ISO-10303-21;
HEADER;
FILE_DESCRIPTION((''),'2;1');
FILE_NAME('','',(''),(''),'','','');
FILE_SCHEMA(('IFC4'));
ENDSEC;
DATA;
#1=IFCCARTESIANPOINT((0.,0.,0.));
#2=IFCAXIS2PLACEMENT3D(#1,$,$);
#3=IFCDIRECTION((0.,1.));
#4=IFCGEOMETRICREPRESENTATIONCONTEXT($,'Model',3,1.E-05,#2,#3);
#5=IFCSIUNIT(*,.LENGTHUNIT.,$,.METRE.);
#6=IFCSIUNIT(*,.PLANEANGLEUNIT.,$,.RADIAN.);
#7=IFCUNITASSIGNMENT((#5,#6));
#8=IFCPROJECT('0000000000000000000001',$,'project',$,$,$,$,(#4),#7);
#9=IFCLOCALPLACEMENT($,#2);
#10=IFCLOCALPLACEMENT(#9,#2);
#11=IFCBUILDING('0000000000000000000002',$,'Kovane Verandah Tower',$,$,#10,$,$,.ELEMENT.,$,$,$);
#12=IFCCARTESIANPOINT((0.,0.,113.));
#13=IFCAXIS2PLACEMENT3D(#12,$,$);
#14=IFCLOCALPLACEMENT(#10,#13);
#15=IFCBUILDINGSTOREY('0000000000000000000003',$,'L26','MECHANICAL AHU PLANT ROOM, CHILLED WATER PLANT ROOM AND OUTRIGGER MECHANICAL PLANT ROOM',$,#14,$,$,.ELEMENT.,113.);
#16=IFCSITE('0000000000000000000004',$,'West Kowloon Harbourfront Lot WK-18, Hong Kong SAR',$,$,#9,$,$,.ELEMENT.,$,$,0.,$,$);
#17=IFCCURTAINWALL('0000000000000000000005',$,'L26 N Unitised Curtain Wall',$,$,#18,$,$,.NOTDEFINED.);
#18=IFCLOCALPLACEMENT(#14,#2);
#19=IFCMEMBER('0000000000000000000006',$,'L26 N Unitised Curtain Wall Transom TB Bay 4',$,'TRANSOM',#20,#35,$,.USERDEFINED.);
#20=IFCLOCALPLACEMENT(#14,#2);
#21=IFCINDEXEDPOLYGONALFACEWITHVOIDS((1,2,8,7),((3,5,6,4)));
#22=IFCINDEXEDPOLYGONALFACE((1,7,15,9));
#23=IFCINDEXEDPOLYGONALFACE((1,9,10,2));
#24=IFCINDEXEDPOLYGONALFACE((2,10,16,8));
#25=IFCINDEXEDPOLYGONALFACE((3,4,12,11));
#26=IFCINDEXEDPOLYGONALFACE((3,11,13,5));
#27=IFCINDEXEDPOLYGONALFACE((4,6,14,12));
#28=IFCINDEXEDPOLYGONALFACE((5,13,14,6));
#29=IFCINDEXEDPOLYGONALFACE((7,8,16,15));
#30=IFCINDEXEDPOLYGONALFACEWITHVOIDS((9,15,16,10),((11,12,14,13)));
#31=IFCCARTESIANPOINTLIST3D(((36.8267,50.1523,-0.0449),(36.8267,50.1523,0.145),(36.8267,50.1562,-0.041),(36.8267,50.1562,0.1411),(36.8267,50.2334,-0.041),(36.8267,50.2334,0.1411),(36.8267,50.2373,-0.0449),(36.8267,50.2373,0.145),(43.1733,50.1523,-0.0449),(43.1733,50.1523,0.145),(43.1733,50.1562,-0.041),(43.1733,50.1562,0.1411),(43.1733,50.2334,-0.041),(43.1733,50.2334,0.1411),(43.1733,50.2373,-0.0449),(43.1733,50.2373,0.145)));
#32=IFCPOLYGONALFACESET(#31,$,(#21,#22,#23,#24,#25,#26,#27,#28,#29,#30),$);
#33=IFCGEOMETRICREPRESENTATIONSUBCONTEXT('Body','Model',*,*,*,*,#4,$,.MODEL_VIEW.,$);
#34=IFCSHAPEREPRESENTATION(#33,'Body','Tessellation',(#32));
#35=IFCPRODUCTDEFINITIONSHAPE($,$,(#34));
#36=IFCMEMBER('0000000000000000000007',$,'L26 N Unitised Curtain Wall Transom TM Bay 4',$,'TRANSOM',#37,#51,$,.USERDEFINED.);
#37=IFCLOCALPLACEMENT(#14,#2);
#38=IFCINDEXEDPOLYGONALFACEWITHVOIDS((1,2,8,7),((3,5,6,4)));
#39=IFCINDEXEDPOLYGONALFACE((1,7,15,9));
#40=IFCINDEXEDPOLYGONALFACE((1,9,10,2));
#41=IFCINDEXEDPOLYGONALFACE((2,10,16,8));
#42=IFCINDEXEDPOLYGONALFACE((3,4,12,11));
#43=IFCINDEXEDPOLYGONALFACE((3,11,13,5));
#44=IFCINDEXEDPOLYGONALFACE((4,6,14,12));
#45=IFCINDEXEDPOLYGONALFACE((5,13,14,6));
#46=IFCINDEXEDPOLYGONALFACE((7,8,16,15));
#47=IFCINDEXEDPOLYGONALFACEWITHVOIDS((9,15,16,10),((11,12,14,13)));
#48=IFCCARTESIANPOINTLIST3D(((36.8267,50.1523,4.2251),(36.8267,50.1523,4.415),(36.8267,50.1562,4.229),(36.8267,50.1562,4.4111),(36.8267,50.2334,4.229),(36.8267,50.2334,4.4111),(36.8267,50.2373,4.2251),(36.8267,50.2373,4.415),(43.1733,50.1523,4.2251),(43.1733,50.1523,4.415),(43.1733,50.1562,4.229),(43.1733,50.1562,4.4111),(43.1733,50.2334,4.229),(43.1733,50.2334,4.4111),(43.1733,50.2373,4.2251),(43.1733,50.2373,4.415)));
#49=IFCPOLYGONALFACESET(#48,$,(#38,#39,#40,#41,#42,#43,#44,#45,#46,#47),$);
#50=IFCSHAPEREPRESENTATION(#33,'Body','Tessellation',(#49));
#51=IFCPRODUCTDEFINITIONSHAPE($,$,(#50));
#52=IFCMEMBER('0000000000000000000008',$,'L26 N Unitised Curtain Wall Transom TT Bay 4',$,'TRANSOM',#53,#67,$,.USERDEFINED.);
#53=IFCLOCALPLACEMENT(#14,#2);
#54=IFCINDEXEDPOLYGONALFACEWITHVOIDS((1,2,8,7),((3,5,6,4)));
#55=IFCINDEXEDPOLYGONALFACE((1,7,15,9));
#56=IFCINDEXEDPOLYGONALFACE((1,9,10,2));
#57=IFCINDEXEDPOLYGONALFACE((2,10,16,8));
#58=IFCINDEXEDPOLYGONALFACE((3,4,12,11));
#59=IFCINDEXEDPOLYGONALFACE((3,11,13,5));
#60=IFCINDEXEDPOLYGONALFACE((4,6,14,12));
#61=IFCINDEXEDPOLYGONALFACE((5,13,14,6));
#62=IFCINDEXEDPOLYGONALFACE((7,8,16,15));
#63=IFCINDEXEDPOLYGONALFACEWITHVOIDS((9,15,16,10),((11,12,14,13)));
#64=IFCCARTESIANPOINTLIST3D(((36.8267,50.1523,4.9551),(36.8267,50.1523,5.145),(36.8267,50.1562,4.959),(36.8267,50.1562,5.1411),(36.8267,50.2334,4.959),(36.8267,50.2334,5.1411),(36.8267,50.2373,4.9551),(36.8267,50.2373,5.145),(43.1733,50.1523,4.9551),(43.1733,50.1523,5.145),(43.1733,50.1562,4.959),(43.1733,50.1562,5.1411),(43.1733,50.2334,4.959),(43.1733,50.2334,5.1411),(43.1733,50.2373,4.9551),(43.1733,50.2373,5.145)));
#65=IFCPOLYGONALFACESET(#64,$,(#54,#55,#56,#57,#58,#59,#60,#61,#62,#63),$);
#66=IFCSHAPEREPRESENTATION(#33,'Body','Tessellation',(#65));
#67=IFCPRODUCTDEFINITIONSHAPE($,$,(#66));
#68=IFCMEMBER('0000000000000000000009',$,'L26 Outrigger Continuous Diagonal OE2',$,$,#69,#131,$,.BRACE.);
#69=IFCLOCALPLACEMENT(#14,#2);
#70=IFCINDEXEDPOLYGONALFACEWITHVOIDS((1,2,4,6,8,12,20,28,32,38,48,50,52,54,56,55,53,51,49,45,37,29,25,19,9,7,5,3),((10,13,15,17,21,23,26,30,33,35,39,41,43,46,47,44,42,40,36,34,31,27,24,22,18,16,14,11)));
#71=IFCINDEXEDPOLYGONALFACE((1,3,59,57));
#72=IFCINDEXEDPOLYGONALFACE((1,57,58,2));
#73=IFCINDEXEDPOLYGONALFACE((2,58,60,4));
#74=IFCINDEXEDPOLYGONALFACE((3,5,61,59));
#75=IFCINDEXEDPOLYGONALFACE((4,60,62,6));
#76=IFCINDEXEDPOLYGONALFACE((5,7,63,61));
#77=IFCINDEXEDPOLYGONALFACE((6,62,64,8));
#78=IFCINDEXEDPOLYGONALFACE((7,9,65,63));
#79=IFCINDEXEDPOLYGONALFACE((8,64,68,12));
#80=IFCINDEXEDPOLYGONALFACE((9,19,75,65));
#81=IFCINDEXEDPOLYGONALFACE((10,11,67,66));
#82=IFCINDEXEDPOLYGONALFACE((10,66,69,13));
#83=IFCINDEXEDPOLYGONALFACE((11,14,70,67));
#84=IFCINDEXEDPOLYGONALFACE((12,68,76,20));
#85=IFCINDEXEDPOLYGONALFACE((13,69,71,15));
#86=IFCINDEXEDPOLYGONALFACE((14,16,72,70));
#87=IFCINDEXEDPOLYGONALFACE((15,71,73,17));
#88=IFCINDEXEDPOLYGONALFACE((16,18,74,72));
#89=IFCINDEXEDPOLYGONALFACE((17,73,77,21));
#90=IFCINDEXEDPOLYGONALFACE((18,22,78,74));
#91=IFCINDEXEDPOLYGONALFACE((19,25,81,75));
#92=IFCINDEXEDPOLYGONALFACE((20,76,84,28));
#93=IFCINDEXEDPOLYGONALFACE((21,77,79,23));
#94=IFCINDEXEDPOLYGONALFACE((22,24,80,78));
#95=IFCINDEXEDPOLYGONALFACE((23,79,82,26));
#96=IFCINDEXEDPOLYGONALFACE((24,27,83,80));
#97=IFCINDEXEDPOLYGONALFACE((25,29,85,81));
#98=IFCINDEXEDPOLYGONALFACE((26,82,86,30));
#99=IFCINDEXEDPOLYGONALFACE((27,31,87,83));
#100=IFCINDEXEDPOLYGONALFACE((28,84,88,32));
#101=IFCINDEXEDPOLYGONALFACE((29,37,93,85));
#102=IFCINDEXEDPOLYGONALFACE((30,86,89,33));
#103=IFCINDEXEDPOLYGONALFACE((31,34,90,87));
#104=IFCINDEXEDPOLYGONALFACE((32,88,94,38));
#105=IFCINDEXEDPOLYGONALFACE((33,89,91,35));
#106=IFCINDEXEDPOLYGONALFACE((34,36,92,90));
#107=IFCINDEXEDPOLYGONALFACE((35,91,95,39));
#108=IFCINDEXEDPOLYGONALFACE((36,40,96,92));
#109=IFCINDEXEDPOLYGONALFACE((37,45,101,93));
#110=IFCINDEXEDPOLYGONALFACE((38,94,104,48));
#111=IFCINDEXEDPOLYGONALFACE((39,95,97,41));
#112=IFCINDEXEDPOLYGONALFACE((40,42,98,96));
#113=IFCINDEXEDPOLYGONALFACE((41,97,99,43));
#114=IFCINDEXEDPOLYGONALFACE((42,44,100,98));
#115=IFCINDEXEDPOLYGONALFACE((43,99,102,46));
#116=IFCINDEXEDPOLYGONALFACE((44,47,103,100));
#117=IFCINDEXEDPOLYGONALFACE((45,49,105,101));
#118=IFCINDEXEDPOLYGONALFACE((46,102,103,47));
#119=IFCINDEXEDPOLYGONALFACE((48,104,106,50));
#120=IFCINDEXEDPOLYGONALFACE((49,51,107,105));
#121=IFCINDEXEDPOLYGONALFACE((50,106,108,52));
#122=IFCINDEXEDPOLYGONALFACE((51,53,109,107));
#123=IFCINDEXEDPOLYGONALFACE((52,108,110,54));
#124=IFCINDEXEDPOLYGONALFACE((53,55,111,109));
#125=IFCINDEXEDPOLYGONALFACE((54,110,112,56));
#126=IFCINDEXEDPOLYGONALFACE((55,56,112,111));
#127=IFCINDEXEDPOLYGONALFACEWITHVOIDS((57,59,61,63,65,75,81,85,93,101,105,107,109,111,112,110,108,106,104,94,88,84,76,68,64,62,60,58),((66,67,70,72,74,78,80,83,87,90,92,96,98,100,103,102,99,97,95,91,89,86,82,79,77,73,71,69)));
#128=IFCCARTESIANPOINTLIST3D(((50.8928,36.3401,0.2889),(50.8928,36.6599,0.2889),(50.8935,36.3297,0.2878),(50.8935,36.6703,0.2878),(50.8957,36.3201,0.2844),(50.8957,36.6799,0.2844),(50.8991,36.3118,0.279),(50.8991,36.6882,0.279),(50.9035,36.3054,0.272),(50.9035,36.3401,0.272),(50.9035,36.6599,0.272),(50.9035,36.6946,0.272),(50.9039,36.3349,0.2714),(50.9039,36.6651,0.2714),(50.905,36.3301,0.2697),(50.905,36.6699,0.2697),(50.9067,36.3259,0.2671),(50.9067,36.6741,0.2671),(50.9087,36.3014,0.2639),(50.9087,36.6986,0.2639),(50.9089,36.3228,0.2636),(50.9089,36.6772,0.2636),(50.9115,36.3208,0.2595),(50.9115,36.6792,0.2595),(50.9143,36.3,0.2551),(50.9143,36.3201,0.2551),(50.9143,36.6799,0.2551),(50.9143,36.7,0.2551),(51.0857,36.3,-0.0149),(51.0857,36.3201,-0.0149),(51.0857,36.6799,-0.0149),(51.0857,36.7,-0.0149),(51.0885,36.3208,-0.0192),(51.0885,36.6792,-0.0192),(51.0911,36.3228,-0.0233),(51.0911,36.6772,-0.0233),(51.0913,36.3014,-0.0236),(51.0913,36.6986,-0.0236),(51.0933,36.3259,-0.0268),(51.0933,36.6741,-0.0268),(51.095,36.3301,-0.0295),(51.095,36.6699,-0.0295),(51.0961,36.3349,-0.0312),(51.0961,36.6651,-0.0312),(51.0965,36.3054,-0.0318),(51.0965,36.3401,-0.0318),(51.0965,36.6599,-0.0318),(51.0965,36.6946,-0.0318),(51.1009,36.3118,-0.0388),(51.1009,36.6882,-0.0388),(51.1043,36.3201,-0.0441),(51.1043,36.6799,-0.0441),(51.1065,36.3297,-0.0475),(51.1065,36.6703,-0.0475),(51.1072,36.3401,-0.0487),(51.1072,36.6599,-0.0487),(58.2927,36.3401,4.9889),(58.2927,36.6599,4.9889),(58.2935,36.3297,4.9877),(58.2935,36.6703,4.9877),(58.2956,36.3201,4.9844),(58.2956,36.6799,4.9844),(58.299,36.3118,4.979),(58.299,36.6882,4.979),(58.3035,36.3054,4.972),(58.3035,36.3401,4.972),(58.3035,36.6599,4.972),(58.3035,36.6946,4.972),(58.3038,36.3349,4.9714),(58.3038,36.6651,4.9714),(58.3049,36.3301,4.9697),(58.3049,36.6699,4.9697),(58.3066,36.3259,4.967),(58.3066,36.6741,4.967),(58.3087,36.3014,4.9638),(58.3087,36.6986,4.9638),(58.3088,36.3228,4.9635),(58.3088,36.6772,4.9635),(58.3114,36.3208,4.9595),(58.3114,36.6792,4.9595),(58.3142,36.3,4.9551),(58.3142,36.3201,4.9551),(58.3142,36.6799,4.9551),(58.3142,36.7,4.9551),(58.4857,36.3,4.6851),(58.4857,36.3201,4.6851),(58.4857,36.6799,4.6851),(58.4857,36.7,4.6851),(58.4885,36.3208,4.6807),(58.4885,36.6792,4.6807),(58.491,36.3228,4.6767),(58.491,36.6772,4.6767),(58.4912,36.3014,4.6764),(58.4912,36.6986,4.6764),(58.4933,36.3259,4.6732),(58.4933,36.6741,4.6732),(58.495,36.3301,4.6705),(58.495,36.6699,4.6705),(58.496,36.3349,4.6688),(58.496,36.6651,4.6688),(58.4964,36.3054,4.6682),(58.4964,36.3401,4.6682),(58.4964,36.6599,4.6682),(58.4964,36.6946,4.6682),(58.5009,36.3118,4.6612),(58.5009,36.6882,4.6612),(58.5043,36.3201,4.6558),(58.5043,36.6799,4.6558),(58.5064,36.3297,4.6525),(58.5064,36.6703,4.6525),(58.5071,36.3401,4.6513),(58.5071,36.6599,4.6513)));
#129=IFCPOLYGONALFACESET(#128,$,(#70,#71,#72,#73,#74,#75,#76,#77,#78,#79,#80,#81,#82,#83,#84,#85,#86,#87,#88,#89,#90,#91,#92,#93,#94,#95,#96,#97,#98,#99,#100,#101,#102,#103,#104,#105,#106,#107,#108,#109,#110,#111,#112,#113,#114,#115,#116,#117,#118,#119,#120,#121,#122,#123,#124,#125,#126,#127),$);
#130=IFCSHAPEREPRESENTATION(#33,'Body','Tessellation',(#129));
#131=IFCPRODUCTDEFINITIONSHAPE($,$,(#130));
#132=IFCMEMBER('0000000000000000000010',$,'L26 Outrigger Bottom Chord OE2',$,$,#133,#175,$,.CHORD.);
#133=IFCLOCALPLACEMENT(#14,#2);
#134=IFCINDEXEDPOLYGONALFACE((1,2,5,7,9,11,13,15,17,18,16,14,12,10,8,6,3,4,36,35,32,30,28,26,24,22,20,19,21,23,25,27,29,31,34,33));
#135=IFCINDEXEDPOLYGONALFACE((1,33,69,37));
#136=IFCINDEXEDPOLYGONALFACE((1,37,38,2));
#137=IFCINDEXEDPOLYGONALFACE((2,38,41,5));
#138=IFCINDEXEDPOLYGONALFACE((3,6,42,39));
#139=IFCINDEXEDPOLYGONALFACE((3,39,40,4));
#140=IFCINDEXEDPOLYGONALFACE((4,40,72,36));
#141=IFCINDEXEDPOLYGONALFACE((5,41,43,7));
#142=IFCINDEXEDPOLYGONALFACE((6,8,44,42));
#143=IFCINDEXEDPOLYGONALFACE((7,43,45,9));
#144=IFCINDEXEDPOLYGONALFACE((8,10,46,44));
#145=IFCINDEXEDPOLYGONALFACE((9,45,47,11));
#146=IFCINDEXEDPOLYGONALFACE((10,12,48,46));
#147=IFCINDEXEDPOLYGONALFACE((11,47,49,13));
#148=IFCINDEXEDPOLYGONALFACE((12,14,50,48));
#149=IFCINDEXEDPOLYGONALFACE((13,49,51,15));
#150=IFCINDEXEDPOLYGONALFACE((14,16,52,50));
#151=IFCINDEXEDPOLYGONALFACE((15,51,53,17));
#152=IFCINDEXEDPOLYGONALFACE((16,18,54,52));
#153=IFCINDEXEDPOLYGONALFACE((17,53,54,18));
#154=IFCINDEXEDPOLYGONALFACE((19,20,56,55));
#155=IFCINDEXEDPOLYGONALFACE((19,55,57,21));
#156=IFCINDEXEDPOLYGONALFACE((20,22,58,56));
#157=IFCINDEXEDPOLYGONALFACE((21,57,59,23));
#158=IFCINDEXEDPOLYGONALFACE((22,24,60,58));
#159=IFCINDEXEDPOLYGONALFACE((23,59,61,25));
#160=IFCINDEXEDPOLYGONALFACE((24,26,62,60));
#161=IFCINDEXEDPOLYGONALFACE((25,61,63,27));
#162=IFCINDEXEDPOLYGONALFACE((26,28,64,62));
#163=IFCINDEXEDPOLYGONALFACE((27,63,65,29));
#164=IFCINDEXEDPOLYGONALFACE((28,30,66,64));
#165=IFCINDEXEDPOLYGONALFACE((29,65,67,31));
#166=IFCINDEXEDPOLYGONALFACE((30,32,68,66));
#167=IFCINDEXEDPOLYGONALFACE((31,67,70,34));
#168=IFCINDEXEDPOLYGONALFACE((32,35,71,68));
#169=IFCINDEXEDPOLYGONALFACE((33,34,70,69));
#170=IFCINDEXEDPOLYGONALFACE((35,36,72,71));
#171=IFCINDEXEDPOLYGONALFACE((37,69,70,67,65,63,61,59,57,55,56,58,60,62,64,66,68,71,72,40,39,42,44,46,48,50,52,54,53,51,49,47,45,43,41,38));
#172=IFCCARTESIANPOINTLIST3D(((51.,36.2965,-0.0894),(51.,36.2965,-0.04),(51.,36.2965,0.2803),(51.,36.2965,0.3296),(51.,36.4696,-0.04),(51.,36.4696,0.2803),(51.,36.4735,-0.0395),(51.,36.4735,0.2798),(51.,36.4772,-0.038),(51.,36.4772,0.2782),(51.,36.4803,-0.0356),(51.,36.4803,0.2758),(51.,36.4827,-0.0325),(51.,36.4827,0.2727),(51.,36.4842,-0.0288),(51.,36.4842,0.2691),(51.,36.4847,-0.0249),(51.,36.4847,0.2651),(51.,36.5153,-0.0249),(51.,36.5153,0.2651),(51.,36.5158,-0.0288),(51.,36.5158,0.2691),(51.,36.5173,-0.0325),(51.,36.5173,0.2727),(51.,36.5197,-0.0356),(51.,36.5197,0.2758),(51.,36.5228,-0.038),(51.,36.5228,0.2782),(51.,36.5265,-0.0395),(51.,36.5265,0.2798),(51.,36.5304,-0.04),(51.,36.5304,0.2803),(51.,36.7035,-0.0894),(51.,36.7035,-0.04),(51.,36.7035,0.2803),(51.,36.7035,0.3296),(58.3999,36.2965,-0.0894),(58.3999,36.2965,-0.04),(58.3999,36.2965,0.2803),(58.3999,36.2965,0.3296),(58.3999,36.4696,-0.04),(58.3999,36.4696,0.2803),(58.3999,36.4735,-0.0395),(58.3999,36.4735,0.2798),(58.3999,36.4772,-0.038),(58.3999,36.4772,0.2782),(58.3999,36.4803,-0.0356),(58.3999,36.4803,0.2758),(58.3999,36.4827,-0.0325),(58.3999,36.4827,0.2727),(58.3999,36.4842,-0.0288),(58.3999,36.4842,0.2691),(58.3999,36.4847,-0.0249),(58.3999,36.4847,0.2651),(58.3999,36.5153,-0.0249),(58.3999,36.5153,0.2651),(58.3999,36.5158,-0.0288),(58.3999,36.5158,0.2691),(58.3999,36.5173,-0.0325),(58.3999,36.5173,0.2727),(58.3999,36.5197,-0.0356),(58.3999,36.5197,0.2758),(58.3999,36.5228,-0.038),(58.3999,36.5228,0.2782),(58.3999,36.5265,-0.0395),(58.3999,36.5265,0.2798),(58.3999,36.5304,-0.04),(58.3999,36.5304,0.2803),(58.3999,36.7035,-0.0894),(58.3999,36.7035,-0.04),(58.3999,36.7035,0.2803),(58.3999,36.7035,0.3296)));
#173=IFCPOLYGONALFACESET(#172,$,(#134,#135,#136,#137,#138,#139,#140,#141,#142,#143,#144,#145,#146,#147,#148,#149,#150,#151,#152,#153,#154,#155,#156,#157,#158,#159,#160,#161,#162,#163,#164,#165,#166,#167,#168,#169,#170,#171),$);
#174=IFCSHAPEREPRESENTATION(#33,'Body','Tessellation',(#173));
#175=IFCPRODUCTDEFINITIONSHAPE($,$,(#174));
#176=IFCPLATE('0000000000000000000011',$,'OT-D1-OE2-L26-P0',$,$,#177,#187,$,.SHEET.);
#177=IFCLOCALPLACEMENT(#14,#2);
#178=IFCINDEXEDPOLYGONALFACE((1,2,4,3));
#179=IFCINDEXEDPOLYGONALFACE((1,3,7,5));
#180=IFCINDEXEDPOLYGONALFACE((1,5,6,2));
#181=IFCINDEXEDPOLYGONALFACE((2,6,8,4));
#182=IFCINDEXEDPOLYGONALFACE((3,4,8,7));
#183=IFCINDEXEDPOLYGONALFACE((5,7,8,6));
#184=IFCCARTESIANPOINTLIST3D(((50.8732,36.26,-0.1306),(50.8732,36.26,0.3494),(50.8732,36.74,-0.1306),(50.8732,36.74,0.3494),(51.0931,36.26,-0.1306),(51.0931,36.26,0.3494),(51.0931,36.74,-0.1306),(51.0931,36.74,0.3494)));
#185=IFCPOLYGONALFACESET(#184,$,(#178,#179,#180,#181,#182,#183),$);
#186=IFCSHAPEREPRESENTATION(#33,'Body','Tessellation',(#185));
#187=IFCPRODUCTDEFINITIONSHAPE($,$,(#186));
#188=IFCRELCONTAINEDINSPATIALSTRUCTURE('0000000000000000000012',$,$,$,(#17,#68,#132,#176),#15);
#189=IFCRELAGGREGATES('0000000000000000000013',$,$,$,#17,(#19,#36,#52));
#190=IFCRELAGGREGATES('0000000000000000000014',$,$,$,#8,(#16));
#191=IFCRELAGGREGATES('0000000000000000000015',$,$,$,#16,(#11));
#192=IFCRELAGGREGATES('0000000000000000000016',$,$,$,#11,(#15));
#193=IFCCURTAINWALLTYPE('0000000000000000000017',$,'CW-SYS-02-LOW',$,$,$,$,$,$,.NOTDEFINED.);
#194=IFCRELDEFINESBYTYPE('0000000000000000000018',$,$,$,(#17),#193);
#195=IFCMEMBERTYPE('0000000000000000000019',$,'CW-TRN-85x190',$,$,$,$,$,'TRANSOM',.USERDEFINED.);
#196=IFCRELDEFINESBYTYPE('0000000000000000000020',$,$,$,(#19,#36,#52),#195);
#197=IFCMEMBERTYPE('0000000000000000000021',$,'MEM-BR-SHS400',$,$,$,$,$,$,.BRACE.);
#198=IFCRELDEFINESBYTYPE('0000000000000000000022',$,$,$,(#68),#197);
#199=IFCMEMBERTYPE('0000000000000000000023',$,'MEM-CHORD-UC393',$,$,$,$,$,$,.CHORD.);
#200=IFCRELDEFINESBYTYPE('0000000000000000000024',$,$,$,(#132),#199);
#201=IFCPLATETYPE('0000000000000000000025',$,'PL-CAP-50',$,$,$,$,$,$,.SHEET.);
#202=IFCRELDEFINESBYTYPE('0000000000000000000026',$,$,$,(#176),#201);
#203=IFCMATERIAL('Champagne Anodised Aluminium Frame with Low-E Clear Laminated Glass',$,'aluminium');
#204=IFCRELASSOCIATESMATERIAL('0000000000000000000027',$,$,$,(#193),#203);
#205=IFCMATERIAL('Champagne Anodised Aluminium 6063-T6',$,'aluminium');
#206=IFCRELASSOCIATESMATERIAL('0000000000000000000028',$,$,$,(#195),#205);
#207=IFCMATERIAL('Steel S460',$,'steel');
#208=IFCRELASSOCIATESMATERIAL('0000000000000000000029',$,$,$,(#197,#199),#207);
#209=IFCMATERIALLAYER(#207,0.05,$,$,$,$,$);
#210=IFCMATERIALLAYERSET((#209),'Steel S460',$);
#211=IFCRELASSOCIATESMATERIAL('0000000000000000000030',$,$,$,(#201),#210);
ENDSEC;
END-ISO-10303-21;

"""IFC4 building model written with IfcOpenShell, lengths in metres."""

from ifc_helpers import new_model, si_unit, direction, frame, origin, origin_2d, place, context, subcontext, project, spatial, rectangle, hollow_rectangle, i_section, extrude, material, layer, layer_set, material_profile, profile_set, type_object, element, aggregate, save


model = new_model("IFC4")

# Units and contexts
model_context = context("Model", 3, precision=1e-05, world=origin(), true_north=direction((0.0, 1.0)))
body_context = subcontext(model_context, "Body", "Model", "MODEL_VIEW")
ifc_project = project(units=[si_unit("LENGTHUNIT", "METRE"), si_unit("PLANEANGLEUNIT", "RADIAN")], contexts=[model_context])

# Site, building, storey
site_placement = place(None, origin())
site = spatial("IfcSite", under=ifc_project, at=site_placement, Name="West Kowloon Harbourfront Lot WK-18, Hong Kong SAR", CompositionType="ELEMENT", RefElevation=0.0)
building_placement = place(site_placement, origin())
building = spatial("IfcBuilding", under=site, at=building_placement, Name="Kovane Verandah Tower", CompositionType="ELEMENT")
storey_placement = place(building_placement, frame((0.0, 0.0, 113.0)))
storey = spatial("IfcBuildingStorey", under=building, at=storey_placement, Name="L26", Description="MECHANICAL AHU PLANT ROOM, CHILLED WATER PLANT ROOM AND OUTRIGGER MECHANICAL PLANT ROOM", CompositionType="ELEMENT", Elevation=113.0)

# Shared definitions
ifc_material_1 = material(Name="Steel S460", Category="steel")

# Curtain wall, members
ifc_material_2 = material(Name="Champagne Anodised Aluminium Frame with Low-E Clear Laminated Glass", Category="aluminium")
curtain_wall_type = type_object("IfcCurtainWallType", Name="CW-SYS-02-LOW", PredefinedType="NOTDEFINED", material=ifc_material_2)
curtain_wall_placement = place(storey_placement, origin())
curtain_wall = element("IfcCurtainWall", 1, at=curtain_wall_placement, inside=storey, type_object=curtain_wall_type, Name="L26 N Unitised Curtain Wall", PredefinedType="NOTDEFINED")
ifc_material_3 = material(Name="Champagne Anodised Aluminium 6063-T6", Category="aluminium")
ifc_material_profile_1 = material_profile(ifc_material_3, hollow_rectangle(XDim=0.085, YDim=0.1899, WallThickness=0.0039, at=origin_2d()), Name="AL85x190x4")
ifc_profile_set_1 = profile_set([ifc_material_profile_1], Name="Champagne Anodised Aluminium 6063-T6")
member_type_1 = type_object("IfcMemberType", Name="CW-TRN-85x190", ElementType="TRANSOM", PredefinedType="USERDEFINED", material=ifc_profile_set_1)
member_1_placement = place(storey_placement, frame((43.1733, 50.1948, 0.05), z_axis=(-1.0, 0.0, 0.0), x_axis=(0.0, -1.0, 0.0)))
member_1 = element("IfcMember", 2, at=member_1_placement, type_object=member_type_1, Name="L26 N Unitised Curtain Wall Transom TB Bay 4", ObjectType="TRANSOM", PredefinedType="USERDEFINED", context=body_context, shape_type="SweptSolid", body=[
    extrude(hollow_rectangle(XDim=0.085, YDim=0.1899, WallThickness=0.0039, at=origin_2d()), origin(), (0.0, 0.0, 1.0), 6.3467),
])
member_2_placement = place(storey_placement, frame((43.1733, 50.1948, 4.3201), z_axis=(-1.0, 0.0, 0.0), x_axis=(0.0, -1.0, 0.0)))
member_2 = element("IfcMember", 3, at=member_2_placement, type_object=member_type_1, Name="L26 N Unitised Curtain Wall Transom TM Bay 4", ObjectType="TRANSOM", PredefinedType="USERDEFINED", context=body_context, shape_type="SweptSolid", body=[
    extrude(hollow_rectangle(XDim=0.085, YDim=0.1899, WallThickness=0.0039, at=origin_2d()), origin(), (0.0, 0.0, 1.0), 6.3467),
])
member_3_placement = place(storey_placement, frame((43.1733, 50.1948, 5.05), z_axis=(-1.0, 0.0, 0.0), x_axis=(0.0, -1.0, 0.0)))
member_3 = element("IfcMember", 4, at=member_3_placement, type_object=member_type_1, Name="L26 N Unitised Curtain Wall Transom TT Bay 4", ObjectType="TRANSOM", PredefinedType="USERDEFINED", context=body_context, shape_type="SweptSolid", body=[
    extrude(hollow_rectangle(XDim=0.085, YDim=0.1899, WallThickness=0.0039, at=origin_2d()), origin(), (0.0, 0.0, 1.0), 6.3467),
])

# Members
ifc_material_profile_2 = material_profile(ifc_material_1, hollow_rectangle(XDim=0.3999, YDim=0.3999, WallThickness=0.02, InnerFilletRadius=0.02, OuterFilletRadius=0.04, at=origin_2d()), Name="SHS400x400x20")
ifc_profile_set_2 = profile_set([ifc_material_profile_2], Name="Steel S460")
member_type_2 = type_object("IfcMemberType", Name="MEM-BR-SHS400", PredefinedType="BRACE", material=ifc_profile_set_2)
member_4_placement = place(storey_placement, frame((51.0, 36.5, 0.1201), z_axis=(0.84413, 0.0, 0.536138), x_axis=(0.0, 1.0, 0.0)))
element("IfcMember", 5, at=member_4_placement, inside=storey, type_object=member_type_2, Name="L26 Outrigger Continuous Diagonal OE2", PredefinedType="BRACE", context=body_context, shape_type="SweptSolid", body=[
    extrude(hollow_rectangle(XDim=0.3999, YDim=0.3999, WallThickness=0.02, InnerFilletRadius=0.02, OuterFilletRadius=0.04, at=origin_2d()), origin(), (0.0, 0.0, 1.0), 8.7664),
])
ifc_material_profile_3 = material_profile(ifc_material_1, i_section(OverallWidth=0.407, OverallDepth=0.4189, WebThickness=0.0305, FlangeThickness=0.0493, FilletRadius=0.0151, at=origin_2d()), Name="UC356x406x393")
ifc_profile_set_3 = profile_set([ifc_material_profile_3], Name="Steel S460")
member_type_3 = type_object("IfcMemberType", Name="MEM-CHORD-UC393", PredefinedType="CHORD", material=ifc_profile_set_3)
member_5_placement = place(storey_placement, frame((51.0, 36.5, 0.1201), z_axis=(1.0, 0.0, 0.0), x_axis=(0.0, 1.0, 0.0)))
element("IfcMember", 6, at=member_5_placement, inside=storey, type_object=member_type_3, Name="L26 Outrigger Bottom Chord OE2", PredefinedType="CHORD", context=body_context, shape_type="SweptSolid", body=[
    extrude(i_section(OverallWidth=0.407, OverallDepth=0.4189, WebThickness=0.0305, FlangeThickness=0.0493, FilletRadius=0.0151, at=origin_2d()), origin(), (0.0, 0.0, 1.0), 7.3999),
])

# Plate
ifc_layer_1 = layer(ifc_material_1, 0.05)
ifc_layer_set_1 = layer_set([ifc_layer_1], Name="Steel S460")
plate_type_1 = type_object("IfcPlateType", Name="PL-CAP-50", PredefinedType="SHEET", material=ifc_layer_set_1)
for number, where, z_axis, x_axis, name in (
    (7, (50.9832, 36.5, -0.1306), (0.0, 0.0, 1.0), (1.0, 0.0, 0.0), "OT-D1-OE2-L26-P0"),
):
    element("IfcPlate", number, at=place(storey_placement, frame(where, z_axis=z_axis, x_axis=x_axis)), inside=storey, type_object=plate_type_1, Name=name, PredefinedType="SHEET", context=body_context, shape_type="SweptSolid", body=[
        extrude(rectangle(XDim=0.22, YDim=0.48, at=origin_2d()), origin(), (0.0, 0.0, 1.0), 0.48),
    ])

aggregate(curtain_wall, [member_1, member_2, member_3])

save(model, "model.ifc")
